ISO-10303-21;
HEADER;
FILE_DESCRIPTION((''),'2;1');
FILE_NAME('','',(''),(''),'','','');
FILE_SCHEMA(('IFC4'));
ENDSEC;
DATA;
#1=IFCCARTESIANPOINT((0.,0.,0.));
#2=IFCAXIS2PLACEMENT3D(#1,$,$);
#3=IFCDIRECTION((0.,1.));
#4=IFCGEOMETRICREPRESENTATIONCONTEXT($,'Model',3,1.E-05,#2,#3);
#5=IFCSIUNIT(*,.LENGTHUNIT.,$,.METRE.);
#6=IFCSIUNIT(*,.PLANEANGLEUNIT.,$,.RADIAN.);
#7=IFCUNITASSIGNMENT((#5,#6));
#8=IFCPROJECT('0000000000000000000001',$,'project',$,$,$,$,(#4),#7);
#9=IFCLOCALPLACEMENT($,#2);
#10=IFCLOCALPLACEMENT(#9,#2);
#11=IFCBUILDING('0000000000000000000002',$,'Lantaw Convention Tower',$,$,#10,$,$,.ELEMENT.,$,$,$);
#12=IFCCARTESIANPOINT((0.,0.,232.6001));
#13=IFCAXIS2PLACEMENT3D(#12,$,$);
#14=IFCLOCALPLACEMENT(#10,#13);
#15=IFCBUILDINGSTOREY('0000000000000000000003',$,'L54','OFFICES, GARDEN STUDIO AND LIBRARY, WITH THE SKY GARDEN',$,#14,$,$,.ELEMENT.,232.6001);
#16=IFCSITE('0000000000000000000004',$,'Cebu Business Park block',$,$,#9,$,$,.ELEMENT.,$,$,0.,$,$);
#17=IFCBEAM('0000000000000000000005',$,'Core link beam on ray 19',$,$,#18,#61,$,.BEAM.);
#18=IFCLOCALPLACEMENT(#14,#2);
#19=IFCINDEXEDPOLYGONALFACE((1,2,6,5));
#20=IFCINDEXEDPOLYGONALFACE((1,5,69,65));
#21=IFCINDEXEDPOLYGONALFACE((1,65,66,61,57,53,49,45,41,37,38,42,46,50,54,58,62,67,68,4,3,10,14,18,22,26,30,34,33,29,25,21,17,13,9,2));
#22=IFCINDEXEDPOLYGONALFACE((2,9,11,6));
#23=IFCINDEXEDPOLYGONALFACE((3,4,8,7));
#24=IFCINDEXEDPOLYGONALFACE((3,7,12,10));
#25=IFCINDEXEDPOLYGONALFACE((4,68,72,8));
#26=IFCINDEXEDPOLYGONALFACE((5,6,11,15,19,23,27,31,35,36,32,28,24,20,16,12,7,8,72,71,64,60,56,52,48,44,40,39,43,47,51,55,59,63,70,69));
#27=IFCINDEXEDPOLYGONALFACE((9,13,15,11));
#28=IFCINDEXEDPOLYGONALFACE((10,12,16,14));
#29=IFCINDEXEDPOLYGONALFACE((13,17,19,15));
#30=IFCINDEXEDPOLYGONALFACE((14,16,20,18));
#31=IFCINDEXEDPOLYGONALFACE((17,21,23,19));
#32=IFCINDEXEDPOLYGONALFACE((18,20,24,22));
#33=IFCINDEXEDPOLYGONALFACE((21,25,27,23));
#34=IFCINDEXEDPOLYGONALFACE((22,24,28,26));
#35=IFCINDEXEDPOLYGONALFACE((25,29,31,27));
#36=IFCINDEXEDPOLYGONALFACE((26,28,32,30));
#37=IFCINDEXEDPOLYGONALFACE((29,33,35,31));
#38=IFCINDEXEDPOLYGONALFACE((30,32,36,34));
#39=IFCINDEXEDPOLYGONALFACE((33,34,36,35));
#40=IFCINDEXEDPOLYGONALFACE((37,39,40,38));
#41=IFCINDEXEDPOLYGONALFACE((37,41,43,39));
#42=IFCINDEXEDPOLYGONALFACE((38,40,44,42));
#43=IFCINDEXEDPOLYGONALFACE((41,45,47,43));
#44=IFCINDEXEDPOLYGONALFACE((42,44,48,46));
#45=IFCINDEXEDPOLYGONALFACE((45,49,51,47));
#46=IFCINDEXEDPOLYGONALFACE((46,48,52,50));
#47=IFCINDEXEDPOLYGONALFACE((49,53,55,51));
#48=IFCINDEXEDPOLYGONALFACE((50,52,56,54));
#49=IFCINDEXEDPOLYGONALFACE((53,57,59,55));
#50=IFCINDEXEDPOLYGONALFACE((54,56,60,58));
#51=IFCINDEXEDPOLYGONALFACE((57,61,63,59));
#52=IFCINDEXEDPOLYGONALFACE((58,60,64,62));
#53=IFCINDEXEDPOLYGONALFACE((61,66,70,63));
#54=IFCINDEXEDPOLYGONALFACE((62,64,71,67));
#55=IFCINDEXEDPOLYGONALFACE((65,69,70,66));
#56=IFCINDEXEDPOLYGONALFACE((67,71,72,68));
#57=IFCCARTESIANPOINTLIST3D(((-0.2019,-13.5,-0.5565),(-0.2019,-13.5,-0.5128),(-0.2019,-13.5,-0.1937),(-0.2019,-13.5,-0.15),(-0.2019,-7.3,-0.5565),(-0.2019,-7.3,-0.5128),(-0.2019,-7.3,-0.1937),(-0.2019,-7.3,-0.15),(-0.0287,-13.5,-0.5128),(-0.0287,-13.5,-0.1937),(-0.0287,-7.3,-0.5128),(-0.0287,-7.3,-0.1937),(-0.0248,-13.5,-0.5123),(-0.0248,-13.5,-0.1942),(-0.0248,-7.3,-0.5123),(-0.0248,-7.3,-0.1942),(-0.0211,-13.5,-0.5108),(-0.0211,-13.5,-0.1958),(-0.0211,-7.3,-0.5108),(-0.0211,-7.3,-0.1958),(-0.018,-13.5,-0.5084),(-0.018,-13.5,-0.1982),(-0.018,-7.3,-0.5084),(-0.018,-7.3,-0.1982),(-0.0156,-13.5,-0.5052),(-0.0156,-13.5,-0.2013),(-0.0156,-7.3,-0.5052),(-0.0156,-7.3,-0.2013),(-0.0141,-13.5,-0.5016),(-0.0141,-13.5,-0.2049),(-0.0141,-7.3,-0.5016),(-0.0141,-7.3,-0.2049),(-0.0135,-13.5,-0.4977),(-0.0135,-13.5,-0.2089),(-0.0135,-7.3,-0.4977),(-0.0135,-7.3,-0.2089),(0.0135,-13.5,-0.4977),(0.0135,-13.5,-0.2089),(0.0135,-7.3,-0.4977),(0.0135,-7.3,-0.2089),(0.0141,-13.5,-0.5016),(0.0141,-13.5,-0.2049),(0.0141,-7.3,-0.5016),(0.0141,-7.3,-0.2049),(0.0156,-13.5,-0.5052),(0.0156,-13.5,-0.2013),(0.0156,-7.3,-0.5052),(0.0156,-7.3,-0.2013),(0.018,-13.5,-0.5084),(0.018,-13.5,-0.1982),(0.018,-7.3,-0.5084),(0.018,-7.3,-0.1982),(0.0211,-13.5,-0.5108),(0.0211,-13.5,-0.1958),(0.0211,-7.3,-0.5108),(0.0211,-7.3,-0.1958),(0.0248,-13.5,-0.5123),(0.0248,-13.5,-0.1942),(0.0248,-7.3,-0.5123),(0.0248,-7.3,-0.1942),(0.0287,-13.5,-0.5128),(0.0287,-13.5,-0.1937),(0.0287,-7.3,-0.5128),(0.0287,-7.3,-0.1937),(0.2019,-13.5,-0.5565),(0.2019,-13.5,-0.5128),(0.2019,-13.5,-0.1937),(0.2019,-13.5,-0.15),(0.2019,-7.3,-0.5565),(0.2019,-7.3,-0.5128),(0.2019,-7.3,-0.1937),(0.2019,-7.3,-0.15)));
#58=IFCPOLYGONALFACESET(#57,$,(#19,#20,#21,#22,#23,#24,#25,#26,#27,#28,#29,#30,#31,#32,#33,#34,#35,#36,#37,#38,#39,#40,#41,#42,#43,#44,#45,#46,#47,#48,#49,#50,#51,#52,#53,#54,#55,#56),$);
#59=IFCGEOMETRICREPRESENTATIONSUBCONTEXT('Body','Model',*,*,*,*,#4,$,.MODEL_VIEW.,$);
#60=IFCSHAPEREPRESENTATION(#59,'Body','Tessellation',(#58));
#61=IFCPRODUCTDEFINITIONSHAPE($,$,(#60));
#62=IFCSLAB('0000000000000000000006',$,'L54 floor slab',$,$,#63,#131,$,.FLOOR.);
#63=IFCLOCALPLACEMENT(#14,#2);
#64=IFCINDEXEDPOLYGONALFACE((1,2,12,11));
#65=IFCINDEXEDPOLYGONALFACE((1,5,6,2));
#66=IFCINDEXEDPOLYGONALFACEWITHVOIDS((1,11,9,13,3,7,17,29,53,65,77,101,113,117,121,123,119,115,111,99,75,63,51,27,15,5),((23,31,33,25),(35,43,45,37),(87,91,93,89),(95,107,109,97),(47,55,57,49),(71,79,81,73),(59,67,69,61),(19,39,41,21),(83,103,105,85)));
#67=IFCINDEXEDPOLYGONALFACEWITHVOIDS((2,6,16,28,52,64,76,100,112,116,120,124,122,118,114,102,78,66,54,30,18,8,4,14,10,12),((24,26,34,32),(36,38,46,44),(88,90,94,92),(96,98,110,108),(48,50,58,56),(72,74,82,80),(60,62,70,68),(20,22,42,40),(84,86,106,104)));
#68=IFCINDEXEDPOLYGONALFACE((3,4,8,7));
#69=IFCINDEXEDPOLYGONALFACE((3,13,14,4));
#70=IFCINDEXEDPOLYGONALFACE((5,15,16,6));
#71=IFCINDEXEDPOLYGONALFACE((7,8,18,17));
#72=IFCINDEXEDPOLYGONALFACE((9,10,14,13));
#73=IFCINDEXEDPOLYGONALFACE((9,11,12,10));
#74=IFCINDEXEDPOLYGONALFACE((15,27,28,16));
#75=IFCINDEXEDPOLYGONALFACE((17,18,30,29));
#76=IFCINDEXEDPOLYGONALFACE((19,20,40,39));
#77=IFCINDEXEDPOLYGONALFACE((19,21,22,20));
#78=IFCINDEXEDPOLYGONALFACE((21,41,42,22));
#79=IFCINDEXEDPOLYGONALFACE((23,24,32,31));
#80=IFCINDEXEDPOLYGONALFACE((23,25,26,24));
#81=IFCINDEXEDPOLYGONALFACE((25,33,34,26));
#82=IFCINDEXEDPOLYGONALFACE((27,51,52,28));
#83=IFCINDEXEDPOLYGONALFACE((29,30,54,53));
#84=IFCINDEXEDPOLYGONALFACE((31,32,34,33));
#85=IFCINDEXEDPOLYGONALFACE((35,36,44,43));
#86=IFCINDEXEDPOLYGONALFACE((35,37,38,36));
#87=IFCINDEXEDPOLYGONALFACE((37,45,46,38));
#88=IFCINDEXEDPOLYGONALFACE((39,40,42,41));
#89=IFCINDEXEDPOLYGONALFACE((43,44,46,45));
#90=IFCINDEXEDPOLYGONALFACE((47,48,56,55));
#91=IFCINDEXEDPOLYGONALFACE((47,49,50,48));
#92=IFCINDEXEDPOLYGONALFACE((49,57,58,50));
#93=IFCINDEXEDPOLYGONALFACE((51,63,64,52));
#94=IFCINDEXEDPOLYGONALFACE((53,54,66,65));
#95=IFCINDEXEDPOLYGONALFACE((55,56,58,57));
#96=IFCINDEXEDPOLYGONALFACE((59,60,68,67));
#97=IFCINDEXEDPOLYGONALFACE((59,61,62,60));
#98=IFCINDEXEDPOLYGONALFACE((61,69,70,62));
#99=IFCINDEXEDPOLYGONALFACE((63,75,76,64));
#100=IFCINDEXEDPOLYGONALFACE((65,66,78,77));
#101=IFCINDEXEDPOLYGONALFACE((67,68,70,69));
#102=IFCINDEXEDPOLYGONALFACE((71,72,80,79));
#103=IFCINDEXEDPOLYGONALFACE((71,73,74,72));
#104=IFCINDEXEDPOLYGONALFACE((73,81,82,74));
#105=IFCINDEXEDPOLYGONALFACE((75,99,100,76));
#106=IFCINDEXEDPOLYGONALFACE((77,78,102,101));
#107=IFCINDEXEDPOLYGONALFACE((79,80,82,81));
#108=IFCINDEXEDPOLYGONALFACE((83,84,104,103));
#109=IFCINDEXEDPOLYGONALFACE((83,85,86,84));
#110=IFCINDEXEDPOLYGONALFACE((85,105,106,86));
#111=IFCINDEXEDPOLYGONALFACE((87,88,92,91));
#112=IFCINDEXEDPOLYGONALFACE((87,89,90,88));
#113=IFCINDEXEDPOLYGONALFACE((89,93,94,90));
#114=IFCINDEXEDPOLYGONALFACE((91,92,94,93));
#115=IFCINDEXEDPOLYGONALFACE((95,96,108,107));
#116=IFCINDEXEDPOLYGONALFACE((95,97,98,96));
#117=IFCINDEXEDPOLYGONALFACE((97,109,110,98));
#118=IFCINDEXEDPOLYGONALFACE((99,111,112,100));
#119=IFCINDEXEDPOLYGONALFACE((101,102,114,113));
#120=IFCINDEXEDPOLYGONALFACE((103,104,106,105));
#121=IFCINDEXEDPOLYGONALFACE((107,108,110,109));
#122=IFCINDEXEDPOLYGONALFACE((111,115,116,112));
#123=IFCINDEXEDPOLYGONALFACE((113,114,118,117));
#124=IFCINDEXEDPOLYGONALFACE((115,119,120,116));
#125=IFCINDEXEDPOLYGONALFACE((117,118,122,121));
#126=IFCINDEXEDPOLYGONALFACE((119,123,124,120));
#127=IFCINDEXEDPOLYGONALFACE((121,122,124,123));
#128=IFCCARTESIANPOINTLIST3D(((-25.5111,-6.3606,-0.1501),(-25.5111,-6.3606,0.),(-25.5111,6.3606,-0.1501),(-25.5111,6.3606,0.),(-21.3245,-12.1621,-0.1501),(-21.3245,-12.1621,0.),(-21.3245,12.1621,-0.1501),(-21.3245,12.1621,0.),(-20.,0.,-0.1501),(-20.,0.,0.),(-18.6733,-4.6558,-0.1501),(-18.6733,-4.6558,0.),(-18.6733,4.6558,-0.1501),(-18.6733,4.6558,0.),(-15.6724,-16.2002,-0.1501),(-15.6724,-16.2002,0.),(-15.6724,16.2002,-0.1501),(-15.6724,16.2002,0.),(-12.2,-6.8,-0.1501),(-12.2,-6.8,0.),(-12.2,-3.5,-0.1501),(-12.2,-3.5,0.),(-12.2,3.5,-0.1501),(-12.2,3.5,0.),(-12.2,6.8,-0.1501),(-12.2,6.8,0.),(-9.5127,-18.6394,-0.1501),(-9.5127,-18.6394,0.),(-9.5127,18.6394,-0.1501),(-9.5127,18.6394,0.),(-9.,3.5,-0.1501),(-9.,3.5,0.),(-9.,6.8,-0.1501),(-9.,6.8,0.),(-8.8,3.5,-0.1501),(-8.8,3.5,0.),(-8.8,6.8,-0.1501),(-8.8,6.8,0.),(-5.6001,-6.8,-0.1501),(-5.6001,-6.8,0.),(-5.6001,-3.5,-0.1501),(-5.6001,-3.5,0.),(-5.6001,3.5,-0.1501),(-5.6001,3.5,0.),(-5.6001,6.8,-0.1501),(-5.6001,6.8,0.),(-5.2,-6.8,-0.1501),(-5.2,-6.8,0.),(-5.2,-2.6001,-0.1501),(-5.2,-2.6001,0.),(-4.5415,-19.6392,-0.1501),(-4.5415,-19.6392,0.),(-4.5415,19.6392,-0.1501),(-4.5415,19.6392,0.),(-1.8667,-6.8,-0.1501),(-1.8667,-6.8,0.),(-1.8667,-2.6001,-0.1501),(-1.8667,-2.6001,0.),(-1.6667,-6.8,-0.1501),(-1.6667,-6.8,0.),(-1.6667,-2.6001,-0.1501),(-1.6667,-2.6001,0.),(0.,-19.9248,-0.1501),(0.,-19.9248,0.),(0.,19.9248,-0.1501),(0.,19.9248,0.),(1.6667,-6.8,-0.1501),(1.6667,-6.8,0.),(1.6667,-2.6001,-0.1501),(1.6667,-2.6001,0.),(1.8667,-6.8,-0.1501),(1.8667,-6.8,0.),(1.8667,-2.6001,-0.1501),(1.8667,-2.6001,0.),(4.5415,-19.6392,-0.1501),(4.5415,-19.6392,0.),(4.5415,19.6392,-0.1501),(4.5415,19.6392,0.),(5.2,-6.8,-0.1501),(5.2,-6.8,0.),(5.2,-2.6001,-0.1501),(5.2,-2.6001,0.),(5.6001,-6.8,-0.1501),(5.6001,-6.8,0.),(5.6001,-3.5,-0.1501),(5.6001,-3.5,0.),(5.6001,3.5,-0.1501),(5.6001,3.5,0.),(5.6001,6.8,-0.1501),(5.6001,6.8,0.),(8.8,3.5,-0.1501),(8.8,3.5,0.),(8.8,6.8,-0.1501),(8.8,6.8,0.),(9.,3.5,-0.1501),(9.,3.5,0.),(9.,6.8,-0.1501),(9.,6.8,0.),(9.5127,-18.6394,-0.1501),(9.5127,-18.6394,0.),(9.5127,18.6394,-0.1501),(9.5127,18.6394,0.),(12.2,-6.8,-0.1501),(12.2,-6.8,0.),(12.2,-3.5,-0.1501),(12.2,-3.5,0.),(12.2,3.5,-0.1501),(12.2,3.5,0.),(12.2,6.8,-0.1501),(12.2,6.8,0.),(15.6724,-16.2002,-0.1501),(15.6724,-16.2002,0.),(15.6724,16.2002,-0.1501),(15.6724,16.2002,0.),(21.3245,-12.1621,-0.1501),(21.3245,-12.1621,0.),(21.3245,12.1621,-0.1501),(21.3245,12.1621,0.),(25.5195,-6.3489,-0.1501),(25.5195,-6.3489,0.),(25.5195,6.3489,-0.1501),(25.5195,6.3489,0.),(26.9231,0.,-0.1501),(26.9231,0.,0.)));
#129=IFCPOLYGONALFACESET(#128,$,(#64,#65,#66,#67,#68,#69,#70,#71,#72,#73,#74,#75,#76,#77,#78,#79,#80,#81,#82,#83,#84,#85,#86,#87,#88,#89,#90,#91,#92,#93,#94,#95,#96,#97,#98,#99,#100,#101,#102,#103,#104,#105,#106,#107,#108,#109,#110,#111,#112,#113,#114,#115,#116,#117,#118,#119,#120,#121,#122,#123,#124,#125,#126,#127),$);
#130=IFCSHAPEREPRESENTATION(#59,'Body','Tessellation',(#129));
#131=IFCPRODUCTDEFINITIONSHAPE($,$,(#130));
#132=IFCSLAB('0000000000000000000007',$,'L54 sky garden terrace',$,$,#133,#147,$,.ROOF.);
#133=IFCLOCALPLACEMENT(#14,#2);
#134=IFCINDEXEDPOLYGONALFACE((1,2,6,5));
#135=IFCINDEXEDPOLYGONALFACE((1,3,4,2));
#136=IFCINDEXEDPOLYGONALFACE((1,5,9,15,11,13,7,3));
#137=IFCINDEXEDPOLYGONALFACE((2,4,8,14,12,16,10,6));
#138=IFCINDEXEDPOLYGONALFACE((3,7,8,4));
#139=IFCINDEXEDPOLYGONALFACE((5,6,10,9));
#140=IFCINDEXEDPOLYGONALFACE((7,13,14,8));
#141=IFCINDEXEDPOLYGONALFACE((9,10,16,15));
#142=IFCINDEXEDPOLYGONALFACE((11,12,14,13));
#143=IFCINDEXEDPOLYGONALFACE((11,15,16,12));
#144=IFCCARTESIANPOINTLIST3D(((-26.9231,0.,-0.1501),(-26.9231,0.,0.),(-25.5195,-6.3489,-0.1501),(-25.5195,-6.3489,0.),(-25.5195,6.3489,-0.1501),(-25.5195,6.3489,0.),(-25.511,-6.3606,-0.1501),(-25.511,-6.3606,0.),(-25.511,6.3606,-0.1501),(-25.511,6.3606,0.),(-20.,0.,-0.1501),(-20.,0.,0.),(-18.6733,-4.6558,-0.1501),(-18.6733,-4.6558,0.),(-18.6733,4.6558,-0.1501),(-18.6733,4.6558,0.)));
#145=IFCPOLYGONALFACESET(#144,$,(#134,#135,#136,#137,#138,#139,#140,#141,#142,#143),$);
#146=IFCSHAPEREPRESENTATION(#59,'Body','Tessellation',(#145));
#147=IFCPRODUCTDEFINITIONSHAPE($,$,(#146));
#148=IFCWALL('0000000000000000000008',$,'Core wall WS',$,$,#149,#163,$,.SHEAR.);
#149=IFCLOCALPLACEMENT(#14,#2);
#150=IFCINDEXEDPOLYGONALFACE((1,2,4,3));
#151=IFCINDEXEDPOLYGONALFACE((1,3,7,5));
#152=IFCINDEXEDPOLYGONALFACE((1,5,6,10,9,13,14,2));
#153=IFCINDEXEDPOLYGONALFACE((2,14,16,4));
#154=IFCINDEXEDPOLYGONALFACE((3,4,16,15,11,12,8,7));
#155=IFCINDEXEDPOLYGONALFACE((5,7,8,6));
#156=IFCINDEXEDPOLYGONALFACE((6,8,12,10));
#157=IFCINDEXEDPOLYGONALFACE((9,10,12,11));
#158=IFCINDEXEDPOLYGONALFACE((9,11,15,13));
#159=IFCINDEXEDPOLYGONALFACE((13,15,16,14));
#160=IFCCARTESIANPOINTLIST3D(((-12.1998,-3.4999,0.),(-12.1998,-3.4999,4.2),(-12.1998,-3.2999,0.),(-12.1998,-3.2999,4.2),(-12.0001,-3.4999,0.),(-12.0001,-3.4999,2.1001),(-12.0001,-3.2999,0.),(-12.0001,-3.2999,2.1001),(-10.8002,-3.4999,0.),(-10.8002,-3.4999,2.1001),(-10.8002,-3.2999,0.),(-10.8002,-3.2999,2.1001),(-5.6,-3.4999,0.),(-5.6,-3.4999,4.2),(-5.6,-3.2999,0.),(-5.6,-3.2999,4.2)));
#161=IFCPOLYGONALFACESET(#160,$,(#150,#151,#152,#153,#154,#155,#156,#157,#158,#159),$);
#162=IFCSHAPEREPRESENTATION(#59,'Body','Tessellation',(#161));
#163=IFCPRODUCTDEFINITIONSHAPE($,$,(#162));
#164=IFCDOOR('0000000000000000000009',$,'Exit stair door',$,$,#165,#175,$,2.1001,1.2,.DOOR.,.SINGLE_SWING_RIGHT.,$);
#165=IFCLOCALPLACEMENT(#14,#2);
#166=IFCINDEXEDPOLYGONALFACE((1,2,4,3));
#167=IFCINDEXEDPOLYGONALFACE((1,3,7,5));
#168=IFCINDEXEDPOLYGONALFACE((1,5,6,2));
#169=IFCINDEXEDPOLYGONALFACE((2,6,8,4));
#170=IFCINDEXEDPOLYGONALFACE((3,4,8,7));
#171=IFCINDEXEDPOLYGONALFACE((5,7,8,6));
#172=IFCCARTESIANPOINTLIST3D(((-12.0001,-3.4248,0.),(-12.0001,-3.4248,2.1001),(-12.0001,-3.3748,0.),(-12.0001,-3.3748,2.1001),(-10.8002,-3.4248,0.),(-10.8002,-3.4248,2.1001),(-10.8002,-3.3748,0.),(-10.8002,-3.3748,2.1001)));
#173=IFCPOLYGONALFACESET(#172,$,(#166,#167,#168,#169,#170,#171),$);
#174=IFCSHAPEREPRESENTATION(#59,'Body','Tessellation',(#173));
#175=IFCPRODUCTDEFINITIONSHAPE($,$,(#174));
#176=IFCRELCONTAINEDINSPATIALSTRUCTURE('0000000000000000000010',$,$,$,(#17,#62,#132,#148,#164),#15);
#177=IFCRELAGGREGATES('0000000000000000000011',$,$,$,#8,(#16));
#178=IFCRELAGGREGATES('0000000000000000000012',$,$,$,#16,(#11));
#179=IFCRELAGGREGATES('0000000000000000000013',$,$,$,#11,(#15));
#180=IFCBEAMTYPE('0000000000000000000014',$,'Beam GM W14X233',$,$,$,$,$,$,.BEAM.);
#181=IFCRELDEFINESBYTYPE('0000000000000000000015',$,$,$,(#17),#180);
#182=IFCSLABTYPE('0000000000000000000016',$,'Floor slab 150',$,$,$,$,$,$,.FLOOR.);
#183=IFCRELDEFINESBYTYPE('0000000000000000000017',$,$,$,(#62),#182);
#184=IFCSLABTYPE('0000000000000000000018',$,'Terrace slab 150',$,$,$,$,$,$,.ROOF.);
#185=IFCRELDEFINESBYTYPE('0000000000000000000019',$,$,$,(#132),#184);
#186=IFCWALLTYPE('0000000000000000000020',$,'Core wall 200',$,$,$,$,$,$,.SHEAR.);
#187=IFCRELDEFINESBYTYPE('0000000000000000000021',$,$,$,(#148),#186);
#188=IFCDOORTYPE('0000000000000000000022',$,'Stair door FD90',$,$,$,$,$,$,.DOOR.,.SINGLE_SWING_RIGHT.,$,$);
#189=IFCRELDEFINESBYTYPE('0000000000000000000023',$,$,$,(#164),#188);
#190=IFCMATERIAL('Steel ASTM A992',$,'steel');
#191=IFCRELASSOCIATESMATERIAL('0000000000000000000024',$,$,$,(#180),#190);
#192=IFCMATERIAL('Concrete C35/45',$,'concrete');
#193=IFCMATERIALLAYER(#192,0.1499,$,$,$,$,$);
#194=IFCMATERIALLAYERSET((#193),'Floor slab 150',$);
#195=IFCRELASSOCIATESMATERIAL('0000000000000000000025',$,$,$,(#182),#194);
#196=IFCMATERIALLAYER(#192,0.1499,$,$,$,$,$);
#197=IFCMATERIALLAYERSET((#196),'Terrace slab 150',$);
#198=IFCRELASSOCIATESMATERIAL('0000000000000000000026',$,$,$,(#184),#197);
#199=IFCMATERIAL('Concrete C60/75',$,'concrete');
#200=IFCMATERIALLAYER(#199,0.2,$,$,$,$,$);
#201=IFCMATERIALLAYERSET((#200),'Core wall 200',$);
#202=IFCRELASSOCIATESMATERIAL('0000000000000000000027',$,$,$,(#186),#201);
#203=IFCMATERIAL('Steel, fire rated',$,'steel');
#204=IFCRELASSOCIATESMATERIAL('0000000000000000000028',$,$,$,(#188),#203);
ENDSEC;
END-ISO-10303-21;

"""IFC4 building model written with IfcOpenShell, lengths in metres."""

from ifc_helpers import new_model, si_unit, direction, frame, frame_2d, origin, origin_2d, place, context, subcontext, project, spatial, polyline, rectangle, i_section, outline, extrude, material, layer, layer_set, material_profile, profile_set, type_object, element, fill, save


model = new_model("IFC4")

# Units and contexts
model_context = context("Model", 3, precision=1e-05, world=origin(), true_north=direction((0.0, 1.0)))
body_context = subcontext(model_context, "Body", "Model", "MODEL_VIEW")
ifc_project = project(units=[si_unit("LENGTHUNIT", "METRE"), si_unit("PLANEANGLEUNIT", "RADIAN")], contexts=[model_context])

# Site, building, storey
site_placement = place(None, origin())
site = spatial("IfcSite", under=ifc_project, at=site_placement, Name="Cebu Business Park block", CompositionType="ELEMENT", RefElevation=0.0)
building_placement = place(site_placement, origin())
building = spatial("IfcBuilding", under=site, at=building_placement, Name="Lantaw Convention Tower", CompositionType="ELEMENT")
storey_placement = place(building_placement, frame((0.0, 0.0, 232.6001)))
storey = spatial("IfcBuildingStorey", under=building, at=storey_placement, Name="L54", Description="OFFICES, GARDEN STUDIO AND LIBRARY, WITH THE SKY GARDEN", CompositionType="ELEMENT", Elevation=232.6001)

# Beam
ifc_material_1 = material(Name="Steel ASTM A992", Category="steel")
ifc_material_profile_1 = material_profile(ifc_material_1, i_section(OverallWidth=0.4038, OverallDepth=0.4065, WebThickness=0.0271, FlangeThickness=0.0437, FilletRadius=0.0151, at=origin_2d()), Name="W14X233")
ifc_profile_set_1 = profile_set([ifc_material_profile_1], Name="Steel ASTM A992")
beam_type_1 = type_object("IfcBeamType", Name="Beam GM W14X233", PredefinedType="BEAM", material=ifc_profile_set_1)
beam_1_placement = place(storey_placement, frame((0.0, -7.3, -0.3533), z_axis=(0.0, -1.0, 0.0), x_axis=(1.0, 0.0, 0.0)))
element("IfcBeam", 1, at=beam_1_placement, inside=storey, type_object=beam_type_1, Name="Core link beam on ray 19", PredefinedType="BEAM", context=body_context, shape_type="SweptSolid", body=[
    extrude(i_section(OverallWidth=0.4038, OverallDepth=0.4065, WebThickness=0.0271, FlangeThickness=0.0437, FilletRadius=0.0151, at=origin_2d()), origin(), (0.0, 0.0, 1.0), 6.2),
])

# Slabs
ifc_material_2 = material(Name="Concrete C35/45", Category="concrete")
ifc_layer_1 = layer(ifc_material_2, 0.1499)
ifc_layer_set_1 = layer_set([ifc_layer_1], Name="Floor slab 150")
slab_type_1 = type_object("IfcSlabType", Name="Floor slab 150", PredefinedType="FLOOR", material=ifc_layer_set_1)
slab_1_placement = place(storey_placement, frame((0.0, 0.0, -0.1501)))
element("IfcSlab", 2, at=slab_1_placement, inside=storey, type_object=slab_type_1, Name="L54 floor slab", PredefinedType="FLOOR", context=body_context, shape_type="SweptSolid", body=[
    extrude(outline(polyline([(-15.6724, 16.2002), (-21.3245, 12.1621), (-25.5195, 6.3489), (-25.511, 6.3606), (-18.6733, 4.6558), (-20.0, 0.0), (-18.6733, -4.6558), (-25.511, -6.3606), (-25.5195, -6.3489), (-21.3245, -12.1621), (-15.6724, -16.2002), (-9.5127, -18.6394), (-4.5415, -19.6392), (0.0, -19.9248), (4.5415, -19.6392), (9.5127, -18.6394), (15.6724, -16.2002), (21.3245, -12.1621), (25.5195, -6.3489), (26.9231, 0.0), (25.5195, 6.3489), (21.3245, 12.1621), (15.6724, 16.2002), (9.5127, 18.6394), (4.5415, 19.6392), (0.0, 19.9248), (-4.5415, 19.6392), (-9.5127, 18.6394), (-15.6724, 16.2002)]), holes=[polyline([(-5.6001, -3.5), (-12.2, -3.5), (-12.2, -6.8), (-5.6001, -6.8), (-5.6001, -3.5)]), polyline([(12.2, -3.5), (5.6001, -3.5), (5.6001, -6.8), (12.2, -6.8), (12.2, -3.5)]), polyline([(-1.8667, -2.6001), (-5.2, -2.6001), (-5.2, -6.8), (-1.8667, -6.8), (-1.8667, -2.6001)]), polyline([(1.6667, -2.6001), (-1.6667, -2.6001), (-1.6667, -6.8), (1.6667, -6.8), (1.6667, -2.6001)]), polyline([(5.2, -2.6001), (1.8667, -2.6001), (1.8667, -6.8), (5.2, -6.8), (5.2, -2.6001)]), polyline([(-9.0, 6.8), (-12.2, 6.8), (-12.2, 3.5), (-9.0, 3.5), (-9.0, 6.8)]), polyline([(-5.6001, 6.8), (-8.8, 6.8), (-8.8, 3.5), (-5.6001, 3.5), (-5.6001, 6.8)]), polyline([(8.8, 3.5), (8.8, 6.8), (5.6001, 6.8), (5.6001, 3.5), (8.8, 3.5)]), polyline([(12.2, 3.5), (12.2, 6.8), (9.0, 6.8), (9.0, 3.5), (12.2, 3.5)])]), origin(), (0.0, 0.0, 1.0), 0.1501),
])
ifc_layer_2 = layer(ifc_material_2, 0.1499)
ifc_layer_set_2 = layer_set([ifc_layer_2], Name="Terrace slab 150")
slab_type_2 = type_object("IfcSlabType", Name="Terrace slab 150", PredefinedType="ROOF", material=ifc_layer_set_2)
slab_2_placement = place(storey_placement, frame((0.0, 0.0, -0.1501)))
element("IfcSlab", 3, at=slab_2_placement, inside=storey, type_object=slab_type_2, Name="L54 sky garden terrace", PredefinedType="ROOF", context=body_context, shape_type="SweptSolid", body=[
    extrude(outline(polyline([(-18.6733, -4.6558), (-20.0, 0.0), (-18.6733, 4.6558), (-25.511, 6.3606), (-25.5195, 6.3489), (-26.9231, 0.0), (-25.5195, -6.3489), (-25.511, -6.3606), (-18.6733, -4.6558)])), origin(), (0.0, 0.0, 1.0), 0.1501),
])

# Wall, opening, door
ifc_material_3 = material(Name="Concrete C60/75", Category="concrete")
ifc_layer_3 = layer(ifc_material_3, 0.2)
ifc_layer_set_3 = layer_set([ifc_layer_3], Name="Core wall 200")
wall_type_1 = type_object("IfcWallType", Name="Core wall 200", PredefinedType="SHEAR", material=ifc_layer_set_3)
wall_1_placement = place(storey_placement, frame((-5.6001, -3.3999, 0.0), z_axis=(0.0, 0.0, 1.0), x_axis=(-1.0, 0.0, 0.0)))
wall_1 = element("IfcWall", 4, at=wall_1_placement, inside=storey, type_object=wall_type_1, Name="Core wall WS", PredefinedType="SHEAR", context=body_context, shape_type="SweptSolid", body=[
    extrude(rectangle(XDim=6.5999, YDim=0.2, at=frame_2d((3.2998, 0.0))), origin(), (0.0, 0.0, 1.0), 4.2),
])
opening_1_placement = place(wall_1_placement, frame((5.2, 0.0, 0.0)))
opening_1 = element("IfcOpeningElement", 5, at=opening_1_placement, cuts=wall_1, PredefinedType="OPENING", context=body_context, shape_type="SweptSolid", body=[
    extrude(rectangle(XDim=1.2, YDim=2.1001, at=frame_2d((0.6001, 1.05))), frame((0.0, 0.1099, 0.0), z_axis=(0.0, -1.0, 0.0), x_axis=(1.0, 0.0, 0.0)), (0.0, 0.0, 1.0), 0.22),
])
ifc_material_4 = material(Name="Steel, fire rated", Category="steel")
door_type_1 = type_object("IfcDoorType", Name="Stair door FD90", OperationType="SINGLE_SWING_RIGHT", PredefinedType="DOOR", material=ifc_material_4)
door_1_placement = place(opening_1_placement, origin())
door_1 = element("IfcDoor", 6, at=door_1_placement, inside=storey, type_object=door_type_1, Name="Exit stair door", OperationType="SINGLE_SWING_RIGHT", OverallHeight=2.1001, OverallWidth=1.2, PredefinedType="DOOR", context=body_context, shape_type="SweptSolid", body=[
    extrude(rectangle(XDim=1.2, YDim=2.1001, at=frame_2d((0.6001, 1.05))), frame((0.0, 0.0249, 0.0), z_axis=(0.0, -1.0, 0.0), x_axis=(1.0, 0.0, 0.0)), (0.0, 0.0, 1.0), 0.05),
])
fill(opening_1, door_1)

save(model, "model.ifc")
